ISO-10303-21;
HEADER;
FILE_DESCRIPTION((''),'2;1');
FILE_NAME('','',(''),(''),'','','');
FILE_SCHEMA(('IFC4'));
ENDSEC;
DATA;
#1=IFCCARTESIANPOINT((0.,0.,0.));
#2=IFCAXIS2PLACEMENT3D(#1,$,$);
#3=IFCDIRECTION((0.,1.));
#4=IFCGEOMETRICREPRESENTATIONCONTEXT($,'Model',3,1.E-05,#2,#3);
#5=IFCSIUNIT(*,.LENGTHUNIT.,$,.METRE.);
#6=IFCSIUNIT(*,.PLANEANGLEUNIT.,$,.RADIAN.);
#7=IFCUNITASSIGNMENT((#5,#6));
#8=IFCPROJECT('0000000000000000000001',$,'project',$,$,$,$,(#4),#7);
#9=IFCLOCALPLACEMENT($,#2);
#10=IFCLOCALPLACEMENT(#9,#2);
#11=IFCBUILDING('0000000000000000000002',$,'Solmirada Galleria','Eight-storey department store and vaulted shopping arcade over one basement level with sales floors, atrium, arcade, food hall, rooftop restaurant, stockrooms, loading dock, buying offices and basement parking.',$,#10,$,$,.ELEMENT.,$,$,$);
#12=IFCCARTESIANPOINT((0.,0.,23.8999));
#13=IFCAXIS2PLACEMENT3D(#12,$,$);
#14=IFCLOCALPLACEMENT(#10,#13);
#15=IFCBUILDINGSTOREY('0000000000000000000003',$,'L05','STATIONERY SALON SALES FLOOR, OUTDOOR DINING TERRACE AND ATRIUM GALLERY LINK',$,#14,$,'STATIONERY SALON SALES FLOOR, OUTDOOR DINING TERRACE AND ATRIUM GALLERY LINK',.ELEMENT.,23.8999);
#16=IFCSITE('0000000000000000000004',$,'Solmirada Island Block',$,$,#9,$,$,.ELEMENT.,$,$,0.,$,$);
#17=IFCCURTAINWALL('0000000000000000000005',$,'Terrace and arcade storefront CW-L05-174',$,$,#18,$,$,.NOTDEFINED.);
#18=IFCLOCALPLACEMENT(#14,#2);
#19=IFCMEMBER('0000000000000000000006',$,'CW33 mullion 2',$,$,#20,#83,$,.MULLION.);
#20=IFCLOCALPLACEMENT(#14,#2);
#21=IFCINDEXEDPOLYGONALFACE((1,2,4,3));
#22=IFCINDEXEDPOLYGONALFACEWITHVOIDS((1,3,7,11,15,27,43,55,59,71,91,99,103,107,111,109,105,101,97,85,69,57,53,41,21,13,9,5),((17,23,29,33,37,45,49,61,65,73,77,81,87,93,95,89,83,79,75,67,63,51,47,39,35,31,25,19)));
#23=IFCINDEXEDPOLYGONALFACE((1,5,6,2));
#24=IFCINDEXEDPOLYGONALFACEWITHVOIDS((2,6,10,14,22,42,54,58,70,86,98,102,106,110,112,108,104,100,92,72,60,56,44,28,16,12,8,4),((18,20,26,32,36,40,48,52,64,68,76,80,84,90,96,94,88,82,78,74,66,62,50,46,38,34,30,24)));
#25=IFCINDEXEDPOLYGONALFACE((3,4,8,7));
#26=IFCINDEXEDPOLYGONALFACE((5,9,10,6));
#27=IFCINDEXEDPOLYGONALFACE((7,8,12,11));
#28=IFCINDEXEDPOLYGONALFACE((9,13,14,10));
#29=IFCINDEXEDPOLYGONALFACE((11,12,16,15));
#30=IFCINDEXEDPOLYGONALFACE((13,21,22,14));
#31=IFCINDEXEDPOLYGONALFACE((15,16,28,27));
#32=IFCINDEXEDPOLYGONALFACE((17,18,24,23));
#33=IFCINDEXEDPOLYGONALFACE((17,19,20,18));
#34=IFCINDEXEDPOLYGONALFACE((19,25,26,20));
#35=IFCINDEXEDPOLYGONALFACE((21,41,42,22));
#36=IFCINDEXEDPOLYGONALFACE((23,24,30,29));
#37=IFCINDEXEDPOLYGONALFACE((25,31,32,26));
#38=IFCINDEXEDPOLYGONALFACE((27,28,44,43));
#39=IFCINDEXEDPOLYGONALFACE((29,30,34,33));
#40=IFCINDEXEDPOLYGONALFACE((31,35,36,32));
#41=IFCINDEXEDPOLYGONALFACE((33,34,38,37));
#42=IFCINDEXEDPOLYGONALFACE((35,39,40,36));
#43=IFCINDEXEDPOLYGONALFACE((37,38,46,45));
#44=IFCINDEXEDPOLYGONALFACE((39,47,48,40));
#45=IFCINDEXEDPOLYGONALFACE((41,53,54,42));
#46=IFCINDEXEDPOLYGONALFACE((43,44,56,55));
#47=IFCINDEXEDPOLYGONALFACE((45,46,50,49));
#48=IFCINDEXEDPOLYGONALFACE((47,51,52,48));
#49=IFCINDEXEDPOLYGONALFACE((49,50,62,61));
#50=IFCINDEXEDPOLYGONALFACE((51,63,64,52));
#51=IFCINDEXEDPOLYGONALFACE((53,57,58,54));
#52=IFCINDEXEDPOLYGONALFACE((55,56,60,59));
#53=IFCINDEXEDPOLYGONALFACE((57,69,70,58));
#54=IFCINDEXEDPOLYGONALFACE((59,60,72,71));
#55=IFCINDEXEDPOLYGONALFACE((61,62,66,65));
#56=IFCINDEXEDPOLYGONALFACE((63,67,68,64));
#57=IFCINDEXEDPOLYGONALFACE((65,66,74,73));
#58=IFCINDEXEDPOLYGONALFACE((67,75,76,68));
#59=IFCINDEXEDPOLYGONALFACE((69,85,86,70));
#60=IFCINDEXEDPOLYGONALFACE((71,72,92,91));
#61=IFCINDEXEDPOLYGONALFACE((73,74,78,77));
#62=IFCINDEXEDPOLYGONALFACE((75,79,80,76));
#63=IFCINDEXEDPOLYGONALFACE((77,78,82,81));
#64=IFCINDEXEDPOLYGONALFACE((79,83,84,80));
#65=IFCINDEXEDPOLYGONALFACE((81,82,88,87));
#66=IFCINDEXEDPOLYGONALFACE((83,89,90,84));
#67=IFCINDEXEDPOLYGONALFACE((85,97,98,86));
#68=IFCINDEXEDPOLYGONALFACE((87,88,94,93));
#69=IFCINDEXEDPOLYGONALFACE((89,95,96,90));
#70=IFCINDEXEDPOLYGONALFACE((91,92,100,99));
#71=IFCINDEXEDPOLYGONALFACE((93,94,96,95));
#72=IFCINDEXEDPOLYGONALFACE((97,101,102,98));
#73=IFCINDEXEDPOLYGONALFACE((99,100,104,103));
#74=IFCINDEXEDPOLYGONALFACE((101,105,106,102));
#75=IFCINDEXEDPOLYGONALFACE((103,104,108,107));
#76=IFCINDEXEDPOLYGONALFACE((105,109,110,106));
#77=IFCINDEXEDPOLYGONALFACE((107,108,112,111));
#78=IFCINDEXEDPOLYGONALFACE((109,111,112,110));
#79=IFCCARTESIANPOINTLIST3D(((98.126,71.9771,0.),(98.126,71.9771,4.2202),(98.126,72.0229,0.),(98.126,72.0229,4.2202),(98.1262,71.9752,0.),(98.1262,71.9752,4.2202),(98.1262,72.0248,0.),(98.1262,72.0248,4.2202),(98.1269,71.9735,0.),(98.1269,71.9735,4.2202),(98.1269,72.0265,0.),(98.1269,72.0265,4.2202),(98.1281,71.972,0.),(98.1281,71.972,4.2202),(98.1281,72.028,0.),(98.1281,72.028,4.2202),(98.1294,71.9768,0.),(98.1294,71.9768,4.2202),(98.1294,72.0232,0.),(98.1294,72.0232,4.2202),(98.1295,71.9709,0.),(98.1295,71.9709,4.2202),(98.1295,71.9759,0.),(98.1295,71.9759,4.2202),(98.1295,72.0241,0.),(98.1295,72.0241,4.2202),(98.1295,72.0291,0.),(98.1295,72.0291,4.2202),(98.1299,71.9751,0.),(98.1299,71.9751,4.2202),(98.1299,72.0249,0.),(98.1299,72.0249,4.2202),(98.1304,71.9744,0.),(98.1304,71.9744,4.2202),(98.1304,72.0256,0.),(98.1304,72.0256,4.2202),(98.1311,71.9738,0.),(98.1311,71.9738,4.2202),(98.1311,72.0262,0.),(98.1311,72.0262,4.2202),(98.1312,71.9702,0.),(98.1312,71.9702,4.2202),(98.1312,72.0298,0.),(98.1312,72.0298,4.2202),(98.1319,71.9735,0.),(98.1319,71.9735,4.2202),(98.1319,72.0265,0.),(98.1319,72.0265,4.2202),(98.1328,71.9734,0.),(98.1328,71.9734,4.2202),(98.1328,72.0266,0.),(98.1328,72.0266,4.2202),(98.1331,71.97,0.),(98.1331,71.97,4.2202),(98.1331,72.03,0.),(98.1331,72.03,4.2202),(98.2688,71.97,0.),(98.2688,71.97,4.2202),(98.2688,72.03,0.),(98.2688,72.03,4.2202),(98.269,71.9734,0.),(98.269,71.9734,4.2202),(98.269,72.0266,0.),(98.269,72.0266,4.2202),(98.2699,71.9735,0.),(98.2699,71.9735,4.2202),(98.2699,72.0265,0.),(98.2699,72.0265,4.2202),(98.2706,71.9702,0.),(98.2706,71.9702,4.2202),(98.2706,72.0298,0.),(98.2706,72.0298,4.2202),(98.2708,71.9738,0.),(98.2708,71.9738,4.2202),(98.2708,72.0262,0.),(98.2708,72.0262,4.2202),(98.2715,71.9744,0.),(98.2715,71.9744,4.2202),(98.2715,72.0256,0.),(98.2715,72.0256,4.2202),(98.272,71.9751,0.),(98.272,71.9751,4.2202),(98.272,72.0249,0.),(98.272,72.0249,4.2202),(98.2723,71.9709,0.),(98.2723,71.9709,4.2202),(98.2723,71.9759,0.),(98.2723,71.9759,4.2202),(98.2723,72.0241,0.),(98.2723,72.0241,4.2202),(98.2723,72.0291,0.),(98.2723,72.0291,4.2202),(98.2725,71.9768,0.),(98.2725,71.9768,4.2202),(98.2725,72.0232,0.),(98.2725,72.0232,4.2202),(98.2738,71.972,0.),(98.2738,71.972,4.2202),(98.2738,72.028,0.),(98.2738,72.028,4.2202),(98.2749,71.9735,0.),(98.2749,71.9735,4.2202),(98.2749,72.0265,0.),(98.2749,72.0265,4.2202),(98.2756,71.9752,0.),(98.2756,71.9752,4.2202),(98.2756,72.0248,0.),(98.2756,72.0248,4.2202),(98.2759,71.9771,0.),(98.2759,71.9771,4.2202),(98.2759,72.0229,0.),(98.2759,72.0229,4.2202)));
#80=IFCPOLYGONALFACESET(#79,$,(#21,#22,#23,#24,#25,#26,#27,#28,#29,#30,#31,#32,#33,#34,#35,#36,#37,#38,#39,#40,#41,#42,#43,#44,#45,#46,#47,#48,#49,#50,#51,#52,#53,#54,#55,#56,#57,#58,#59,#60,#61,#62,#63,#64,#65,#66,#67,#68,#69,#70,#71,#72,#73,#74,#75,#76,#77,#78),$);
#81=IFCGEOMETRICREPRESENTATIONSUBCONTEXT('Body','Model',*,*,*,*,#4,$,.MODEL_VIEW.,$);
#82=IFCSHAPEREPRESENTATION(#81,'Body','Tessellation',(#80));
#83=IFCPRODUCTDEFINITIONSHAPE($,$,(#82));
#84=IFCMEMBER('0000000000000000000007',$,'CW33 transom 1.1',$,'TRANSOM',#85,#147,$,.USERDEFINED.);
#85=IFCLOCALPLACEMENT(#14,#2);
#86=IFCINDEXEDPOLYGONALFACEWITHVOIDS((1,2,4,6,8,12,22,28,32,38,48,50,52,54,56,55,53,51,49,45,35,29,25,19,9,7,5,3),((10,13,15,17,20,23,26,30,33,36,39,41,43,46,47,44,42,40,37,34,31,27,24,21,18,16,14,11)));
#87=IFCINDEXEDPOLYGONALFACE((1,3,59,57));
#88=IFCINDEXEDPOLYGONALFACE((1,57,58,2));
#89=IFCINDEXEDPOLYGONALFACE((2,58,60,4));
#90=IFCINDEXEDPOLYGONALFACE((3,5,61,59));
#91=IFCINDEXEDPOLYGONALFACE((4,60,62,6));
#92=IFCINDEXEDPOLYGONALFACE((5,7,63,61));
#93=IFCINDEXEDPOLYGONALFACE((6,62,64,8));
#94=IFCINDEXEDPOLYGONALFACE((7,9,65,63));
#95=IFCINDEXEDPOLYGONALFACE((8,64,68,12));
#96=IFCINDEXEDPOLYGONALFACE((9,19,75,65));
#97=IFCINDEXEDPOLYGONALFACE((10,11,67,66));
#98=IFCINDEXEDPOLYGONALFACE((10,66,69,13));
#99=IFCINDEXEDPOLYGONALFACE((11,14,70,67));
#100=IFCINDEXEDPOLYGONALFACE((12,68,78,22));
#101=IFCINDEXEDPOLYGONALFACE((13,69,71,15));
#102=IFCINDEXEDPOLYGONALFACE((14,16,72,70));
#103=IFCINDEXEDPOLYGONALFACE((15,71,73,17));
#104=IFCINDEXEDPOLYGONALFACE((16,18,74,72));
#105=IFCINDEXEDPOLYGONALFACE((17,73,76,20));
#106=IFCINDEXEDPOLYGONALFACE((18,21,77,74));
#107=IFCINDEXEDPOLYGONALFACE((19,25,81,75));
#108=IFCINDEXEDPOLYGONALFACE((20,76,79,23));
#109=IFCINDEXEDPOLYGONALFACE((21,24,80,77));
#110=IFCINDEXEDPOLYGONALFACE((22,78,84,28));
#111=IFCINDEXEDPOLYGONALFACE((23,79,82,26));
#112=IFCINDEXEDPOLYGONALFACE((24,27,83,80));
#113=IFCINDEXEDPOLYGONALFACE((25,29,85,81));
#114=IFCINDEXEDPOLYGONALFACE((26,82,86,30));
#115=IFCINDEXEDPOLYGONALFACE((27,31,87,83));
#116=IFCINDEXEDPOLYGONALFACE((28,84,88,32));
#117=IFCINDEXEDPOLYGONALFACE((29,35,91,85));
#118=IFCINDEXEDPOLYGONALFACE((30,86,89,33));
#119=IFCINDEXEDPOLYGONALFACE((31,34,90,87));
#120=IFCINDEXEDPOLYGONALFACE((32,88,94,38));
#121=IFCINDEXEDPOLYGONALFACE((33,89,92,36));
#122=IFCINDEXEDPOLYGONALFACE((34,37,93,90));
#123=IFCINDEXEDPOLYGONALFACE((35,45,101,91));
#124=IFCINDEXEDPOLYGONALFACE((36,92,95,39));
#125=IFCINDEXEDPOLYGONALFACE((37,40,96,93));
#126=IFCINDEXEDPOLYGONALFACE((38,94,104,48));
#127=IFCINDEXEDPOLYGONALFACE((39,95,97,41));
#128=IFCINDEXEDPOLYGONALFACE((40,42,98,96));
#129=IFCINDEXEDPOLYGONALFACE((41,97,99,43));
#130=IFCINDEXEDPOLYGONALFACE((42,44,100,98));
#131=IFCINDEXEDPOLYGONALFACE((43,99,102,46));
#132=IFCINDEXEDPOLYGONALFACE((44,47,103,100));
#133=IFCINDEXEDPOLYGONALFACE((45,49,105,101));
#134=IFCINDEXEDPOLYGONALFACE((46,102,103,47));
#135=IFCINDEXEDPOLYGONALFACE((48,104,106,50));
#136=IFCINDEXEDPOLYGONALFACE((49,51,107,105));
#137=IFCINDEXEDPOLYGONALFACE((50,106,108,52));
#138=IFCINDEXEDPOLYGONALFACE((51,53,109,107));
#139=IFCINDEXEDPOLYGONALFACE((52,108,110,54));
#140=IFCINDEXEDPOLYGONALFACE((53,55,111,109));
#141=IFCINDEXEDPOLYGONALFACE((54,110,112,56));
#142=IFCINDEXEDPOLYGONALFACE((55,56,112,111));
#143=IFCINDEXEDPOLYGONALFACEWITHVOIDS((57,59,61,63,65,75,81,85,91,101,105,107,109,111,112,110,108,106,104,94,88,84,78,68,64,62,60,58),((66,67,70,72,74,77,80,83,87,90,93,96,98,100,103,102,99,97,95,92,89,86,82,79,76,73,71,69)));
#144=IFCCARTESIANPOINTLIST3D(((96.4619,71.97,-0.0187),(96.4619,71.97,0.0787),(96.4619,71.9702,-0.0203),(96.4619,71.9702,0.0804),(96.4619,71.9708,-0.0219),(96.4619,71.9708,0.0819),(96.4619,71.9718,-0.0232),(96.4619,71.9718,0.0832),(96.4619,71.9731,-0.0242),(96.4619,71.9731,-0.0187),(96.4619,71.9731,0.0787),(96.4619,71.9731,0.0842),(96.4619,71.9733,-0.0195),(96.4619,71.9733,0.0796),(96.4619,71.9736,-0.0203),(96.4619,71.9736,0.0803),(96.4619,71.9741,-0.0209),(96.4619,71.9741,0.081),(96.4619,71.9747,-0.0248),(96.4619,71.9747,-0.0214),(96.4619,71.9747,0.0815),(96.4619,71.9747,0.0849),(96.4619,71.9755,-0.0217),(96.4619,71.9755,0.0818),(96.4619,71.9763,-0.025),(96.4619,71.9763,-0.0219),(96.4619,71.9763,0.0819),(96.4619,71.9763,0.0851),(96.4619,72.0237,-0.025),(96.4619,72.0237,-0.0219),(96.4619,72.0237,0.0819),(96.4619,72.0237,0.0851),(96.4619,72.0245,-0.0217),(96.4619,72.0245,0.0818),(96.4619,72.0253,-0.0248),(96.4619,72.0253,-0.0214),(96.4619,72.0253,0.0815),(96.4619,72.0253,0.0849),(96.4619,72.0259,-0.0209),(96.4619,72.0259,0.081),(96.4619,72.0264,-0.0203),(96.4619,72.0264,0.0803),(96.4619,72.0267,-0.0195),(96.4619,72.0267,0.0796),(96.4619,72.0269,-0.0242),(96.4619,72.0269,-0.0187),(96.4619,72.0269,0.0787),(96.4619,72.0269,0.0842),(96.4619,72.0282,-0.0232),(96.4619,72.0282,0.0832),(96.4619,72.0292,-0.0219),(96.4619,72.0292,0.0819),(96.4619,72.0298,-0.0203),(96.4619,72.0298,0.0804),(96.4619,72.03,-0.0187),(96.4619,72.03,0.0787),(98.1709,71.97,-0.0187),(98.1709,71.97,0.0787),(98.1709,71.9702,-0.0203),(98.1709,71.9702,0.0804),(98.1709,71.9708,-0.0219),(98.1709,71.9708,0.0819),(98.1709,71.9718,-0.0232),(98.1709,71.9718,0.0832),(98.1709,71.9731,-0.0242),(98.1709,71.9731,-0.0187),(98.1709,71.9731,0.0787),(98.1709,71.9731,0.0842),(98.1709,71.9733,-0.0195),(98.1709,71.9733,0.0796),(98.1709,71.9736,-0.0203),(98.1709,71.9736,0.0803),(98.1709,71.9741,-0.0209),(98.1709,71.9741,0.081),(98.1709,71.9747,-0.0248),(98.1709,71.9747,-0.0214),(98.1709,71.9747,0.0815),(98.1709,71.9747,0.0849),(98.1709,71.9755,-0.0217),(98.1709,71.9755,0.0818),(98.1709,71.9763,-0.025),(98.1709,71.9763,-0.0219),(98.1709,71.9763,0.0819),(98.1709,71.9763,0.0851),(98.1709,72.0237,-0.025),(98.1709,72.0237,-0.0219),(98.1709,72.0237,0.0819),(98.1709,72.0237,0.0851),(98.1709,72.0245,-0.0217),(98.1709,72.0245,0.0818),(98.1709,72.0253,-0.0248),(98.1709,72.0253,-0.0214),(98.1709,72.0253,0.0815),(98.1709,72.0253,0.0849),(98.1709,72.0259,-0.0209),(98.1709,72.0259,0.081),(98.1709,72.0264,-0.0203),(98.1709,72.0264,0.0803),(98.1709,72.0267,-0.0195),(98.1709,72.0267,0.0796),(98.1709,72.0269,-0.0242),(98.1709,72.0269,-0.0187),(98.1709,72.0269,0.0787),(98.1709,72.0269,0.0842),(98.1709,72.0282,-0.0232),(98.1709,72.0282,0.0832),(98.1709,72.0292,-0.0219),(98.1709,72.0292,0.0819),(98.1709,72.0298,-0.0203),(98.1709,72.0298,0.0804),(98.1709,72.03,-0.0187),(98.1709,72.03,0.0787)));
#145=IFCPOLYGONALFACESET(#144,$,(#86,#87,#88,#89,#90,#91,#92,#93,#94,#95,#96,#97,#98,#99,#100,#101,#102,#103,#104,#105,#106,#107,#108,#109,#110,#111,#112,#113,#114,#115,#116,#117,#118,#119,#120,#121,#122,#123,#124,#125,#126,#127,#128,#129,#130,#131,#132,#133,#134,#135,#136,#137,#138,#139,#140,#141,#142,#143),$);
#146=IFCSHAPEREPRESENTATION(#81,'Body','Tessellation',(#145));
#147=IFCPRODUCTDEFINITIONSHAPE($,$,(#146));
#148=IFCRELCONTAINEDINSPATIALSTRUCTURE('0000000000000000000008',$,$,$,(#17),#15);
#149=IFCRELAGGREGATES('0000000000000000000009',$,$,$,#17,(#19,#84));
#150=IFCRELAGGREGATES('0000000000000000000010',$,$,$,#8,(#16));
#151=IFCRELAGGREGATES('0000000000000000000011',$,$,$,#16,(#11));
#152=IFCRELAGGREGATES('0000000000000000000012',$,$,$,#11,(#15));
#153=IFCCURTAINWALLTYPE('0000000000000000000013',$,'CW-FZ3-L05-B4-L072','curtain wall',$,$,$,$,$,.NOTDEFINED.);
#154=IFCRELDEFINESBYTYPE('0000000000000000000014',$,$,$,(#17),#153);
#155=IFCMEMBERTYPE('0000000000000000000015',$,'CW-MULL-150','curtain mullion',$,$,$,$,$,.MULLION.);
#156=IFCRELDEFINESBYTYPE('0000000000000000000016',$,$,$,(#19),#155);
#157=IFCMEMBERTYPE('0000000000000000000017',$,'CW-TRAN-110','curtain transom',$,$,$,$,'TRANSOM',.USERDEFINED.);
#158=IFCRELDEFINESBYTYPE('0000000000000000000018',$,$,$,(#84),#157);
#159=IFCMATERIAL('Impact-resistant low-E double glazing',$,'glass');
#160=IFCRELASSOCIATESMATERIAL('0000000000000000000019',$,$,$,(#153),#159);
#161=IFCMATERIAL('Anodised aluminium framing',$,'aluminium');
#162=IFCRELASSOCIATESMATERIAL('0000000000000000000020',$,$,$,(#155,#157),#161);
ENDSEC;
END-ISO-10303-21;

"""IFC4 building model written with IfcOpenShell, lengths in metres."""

from ifc_helpers import new_model, si_unit, direction, frame, origin, origin_2d, place, context, subcontext, project, spatial, hollow_rectangle, extrude, material, material_profile, profile_set, type_object, element, aggregate, save


model = new_model("IFC4")

# Units and contexts
model_context = context("Model", 3, precision=1e-05, world=origin(), true_north=direction((0.0, 1.0)))
body_context = subcontext(model_context, "Body", "Model", "MODEL_VIEW")
ifc_project = project(units=[si_unit("LENGTHUNIT", "METRE"), si_unit("PLANEANGLEUNIT", "RADIAN")], contexts=[model_context])

# Site, building, storey
site_placement = place(None, origin())
site = spatial("IfcSite", under=ifc_project, at=site_placement, Name="Solmirada Island Block", CompositionType="ELEMENT", RefElevation=0.0)
building_placement = place(site_placement, origin())
building = spatial("IfcBuilding", under=site, at=building_placement, Name="Solmirada Galleria", Description="Eight-storey department store and vaulted shopping arcade over one basement level with sales floors, atrium, arcade, food hall, rooftop restaurant, stockrooms, loading dock, buying offices and basement parking.", CompositionType="ELEMENT")
storey_placement = place(building_placement, frame((0.0, 0.0, 23.8999)))
storey = spatial("IfcBuildingStorey", under=building, at=storey_placement, Name="L05", Description="STATIONERY SALON SALES FLOOR, OUTDOOR DINING TERRACE AND ATRIUM GALLERY LINK", LongName="STATIONERY SALON SALES FLOOR, OUTDOOR DINING TERRACE AND ATRIUM GALLERY LINK", CompositionType="ELEMENT", Elevation=23.8999)

# Shared definitions
ifc_material_1 = material(Name="Impact-resistant low-E double glazing", Category="glass")
curtain_wall_type = type_object("IfcCurtainWallType", Name="CW-FZ3-L05-B4-L072", Description="curtain wall", PredefinedType="NOTDEFINED", material=ifc_material_1)
ifc_material_2 = material(Name="Anodised aluminium framing", Category="aluminium")
ifc_material_profile_1 = material_profile(ifc_material_2, hollow_rectangle(XDim=0.0601, YDim=0.1499, WallThickness=0.0034, InnerFilletRadius=0.0034, OuterFilletRadius=0.0071, at=origin_2d()), Name="ALU-MULL-150X60")
ifc_profile_set_1 = profile_set([ifc_material_profile_1], Name="Anodised aluminium framing")
member_type_1 = type_object("IfcMemberType", Name="CW-MULL-150", Description="curtain mullion", PredefinedType="MULLION", material=ifc_profile_set_1)

# Curtain wall, members
curtain_wall_1_placement = place(storey_placement, origin())
curtain_wall_1 = element("IfcCurtainWall", 1, at=curtain_wall_1_placement, inside=storey, type_object=curtain_wall_type, Name="Terrace and arcade storefront CW-L05-174", PredefinedType="NOTDEFINED")
member_1_placement = place(storey_placement, frame((98.2009, 72.0, 0.0), z_axis=(0.0, 0.0, 1.0), x_axis=(0.0, 1.0, 0.0)))
member_1 = element("IfcMember", 2, at=member_1_placement, type_object=member_type_1, Name="CW33 mullion 2", PredefinedType="MULLION", context=body_context, shape_type="SweptSolid", body=[
    extrude(hollow_rectangle(XDim=0.0601, YDim=0.1499, WallThickness=0.0034, InnerFilletRadius=0.0034, OuterFilletRadius=0.0071, at=origin_2d()), origin(), (0.0, 0.0, 1.0), 4.2202),
])
ifc_material_profile_2 = material_profile(ifc_material_2, hollow_rectangle(XDim=0.0601, YDim=0.1101, WallThickness=0.0032, InnerFilletRadius=0.0032, OuterFilletRadius=0.0063, at=origin_2d()), Name="ALU-TRAN-110X60")
ifc_profile_set_2 = profile_set([ifc_material_profile_2], Name="Anodised aluminium framing")
member_type_2 = type_object("IfcMemberType", Name="CW-TRAN-110", Description="curtain transom", ElementType="TRANSOM", PredefinedType="USERDEFINED", material=ifc_profile_set_2)
member_2_placement = place(storey_placement, frame((96.4619, 72.0, 0.03), z_axis=(1.0, 0.0, 0.0), x_axis=(0.0, 1.0, 0.0)))
member_2 = element("IfcMember", 3, at=member_2_placement, type_object=member_type_2, Name="CW33 transom 1.1", ObjectType="TRANSOM", PredefinedType="USERDEFINED", context=body_context, shape_type="SweptSolid", body=[
    extrude(hollow_rectangle(XDim=0.0601, YDim=0.1101, WallThickness=0.0032, InnerFilletRadius=0.0032, OuterFilletRadius=0.0063, at=origin_2d()), origin(), (0.0, 0.0, 1.0), 1.709),
])

aggregate(curtain_wall_1, [member_1, member_2])

save(model, "model.ifc")
